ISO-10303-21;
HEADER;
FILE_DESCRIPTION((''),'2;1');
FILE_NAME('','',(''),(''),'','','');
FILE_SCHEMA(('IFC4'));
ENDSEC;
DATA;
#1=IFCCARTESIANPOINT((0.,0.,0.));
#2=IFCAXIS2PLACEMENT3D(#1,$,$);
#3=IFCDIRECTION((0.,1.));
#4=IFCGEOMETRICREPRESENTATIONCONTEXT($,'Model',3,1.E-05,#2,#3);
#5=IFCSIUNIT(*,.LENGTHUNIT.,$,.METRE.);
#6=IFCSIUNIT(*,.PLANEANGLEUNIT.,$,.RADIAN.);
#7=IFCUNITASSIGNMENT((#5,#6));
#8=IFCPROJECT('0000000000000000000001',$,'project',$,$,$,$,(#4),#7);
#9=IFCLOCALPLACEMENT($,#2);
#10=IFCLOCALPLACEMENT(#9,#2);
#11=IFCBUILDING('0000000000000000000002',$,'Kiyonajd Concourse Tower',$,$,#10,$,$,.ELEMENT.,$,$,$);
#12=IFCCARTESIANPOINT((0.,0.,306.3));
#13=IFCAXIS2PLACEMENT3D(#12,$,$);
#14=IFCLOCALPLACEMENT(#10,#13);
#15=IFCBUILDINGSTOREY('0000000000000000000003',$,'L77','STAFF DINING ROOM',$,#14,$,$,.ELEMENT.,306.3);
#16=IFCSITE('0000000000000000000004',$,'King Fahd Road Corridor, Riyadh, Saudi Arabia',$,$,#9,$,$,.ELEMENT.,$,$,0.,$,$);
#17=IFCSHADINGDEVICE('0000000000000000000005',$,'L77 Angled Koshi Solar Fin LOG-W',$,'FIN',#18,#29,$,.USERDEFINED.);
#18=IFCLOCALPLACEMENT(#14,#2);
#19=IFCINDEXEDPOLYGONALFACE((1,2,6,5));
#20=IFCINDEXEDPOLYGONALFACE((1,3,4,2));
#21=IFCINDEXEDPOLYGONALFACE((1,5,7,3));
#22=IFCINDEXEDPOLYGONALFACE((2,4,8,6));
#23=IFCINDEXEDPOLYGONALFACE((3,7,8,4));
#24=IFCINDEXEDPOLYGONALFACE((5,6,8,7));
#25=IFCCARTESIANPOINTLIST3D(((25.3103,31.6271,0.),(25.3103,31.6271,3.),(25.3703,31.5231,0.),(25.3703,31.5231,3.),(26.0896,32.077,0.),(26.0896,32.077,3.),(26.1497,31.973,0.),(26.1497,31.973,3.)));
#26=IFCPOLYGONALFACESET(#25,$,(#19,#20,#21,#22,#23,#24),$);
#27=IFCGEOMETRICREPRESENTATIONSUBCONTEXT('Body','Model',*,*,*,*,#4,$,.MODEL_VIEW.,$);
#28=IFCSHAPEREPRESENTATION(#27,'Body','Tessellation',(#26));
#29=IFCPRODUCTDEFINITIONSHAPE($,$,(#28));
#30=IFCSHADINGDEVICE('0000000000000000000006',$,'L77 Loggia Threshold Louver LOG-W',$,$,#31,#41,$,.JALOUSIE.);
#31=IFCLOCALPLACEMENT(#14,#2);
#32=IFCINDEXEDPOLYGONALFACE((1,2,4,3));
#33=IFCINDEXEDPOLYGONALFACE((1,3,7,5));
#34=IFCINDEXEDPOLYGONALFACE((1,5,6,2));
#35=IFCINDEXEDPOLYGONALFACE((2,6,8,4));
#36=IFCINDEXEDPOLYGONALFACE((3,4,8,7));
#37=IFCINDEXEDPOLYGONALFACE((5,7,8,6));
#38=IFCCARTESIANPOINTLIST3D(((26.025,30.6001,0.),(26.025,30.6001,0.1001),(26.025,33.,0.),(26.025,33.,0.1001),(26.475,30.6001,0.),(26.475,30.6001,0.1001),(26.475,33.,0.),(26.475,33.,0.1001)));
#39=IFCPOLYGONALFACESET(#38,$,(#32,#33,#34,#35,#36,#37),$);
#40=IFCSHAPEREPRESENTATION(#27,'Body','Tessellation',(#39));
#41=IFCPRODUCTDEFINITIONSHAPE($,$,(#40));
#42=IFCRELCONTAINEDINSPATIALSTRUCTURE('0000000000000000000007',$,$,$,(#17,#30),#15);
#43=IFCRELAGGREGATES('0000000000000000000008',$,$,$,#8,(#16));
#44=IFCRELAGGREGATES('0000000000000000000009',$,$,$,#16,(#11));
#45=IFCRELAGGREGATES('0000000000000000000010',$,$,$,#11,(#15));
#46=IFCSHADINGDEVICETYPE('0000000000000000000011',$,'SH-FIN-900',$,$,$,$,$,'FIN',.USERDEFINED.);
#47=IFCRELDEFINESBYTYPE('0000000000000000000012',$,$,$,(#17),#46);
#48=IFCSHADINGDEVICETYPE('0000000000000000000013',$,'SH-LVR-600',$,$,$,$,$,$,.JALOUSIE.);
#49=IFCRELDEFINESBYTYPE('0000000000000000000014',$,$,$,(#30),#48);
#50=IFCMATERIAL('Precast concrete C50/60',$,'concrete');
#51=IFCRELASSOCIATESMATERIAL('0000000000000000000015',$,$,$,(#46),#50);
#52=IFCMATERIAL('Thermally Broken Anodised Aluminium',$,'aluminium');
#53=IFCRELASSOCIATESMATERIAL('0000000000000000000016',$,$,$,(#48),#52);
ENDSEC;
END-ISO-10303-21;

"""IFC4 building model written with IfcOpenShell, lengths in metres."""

from ifc_helpers import new_model, si_unit, direction, frame, origin, origin_2d, place, context, subcontext, project, spatial, rectangle, extrude, material, type_object, element, save


model = new_model("IFC4")

# Units and contexts
model_context = context("Model", 3, precision=1e-05, world=origin(), true_north=direction((0.0, 1.0)))
body_context = subcontext(model_context, "Body", "Model", "MODEL_VIEW")
ifc_project = project(units=[si_unit("LENGTHUNIT", "METRE"), si_unit("PLANEANGLEUNIT", "RADIAN")], contexts=[model_context])

# Site, building, storey
site_placement = place(None, origin())
site = spatial("IfcSite", under=ifc_project, at=site_placement, Name="King Fahd Road Corridor, Riyadh, Saudi Arabia", CompositionType="ELEMENT", RefElevation=0.0)
building_placement = place(site_placement, origin())
building = spatial("IfcBuilding", under=site, at=building_placement, Name="Kiyonajd Concourse Tower", CompositionType="ELEMENT")
storey_placement = place(building_placement, frame((0.0, 0.0, 306.3)))
storey = spatial("IfcBuildingStorey", under=building, at=storey_placement, Name="L77", Description="STAFF DINING ROOM", CompositionType="ELEMENT", Elevation=306.3)

# Shared definitions
ifc_material_1 = material(Name="Thermally Broken Anodised Aluminium", Category="aluminium")

# Shared definitions
ifc_material_2 = material(Name="Precast concrete C50/60", Category="concrete")

# Shading devices
shading_device_type_1 = type_object("IfcShadingDeviceType", Name="SH-FIN-900", ElementType="FIN", PredefinedType="USERDEFINED", material=ifc_material_2)
shading_device_1_placement = place(storey_placement, frame((25.73, 31.8, 0.0), z_axis=(0.0, 0.0, 1.0), x_axis=(0.866025, 0.5, 0.0)))
element("IfcShadingDevice", 1, at=shading_device_1_placement, inside=storey, type_object=shading_device_type_1, Name="L77 Angled Koshi Solar Fin LOG-W", ObjectType="FIN", PredefinedType="USERDEFINED", context=body_context, shape_type="SweptSolid", body=[
    extrude(rectangle(XDim=0.8999, YDim=0.1201, at=origin_2d()), origin(), (0.0, 0.0, 1.0), 3.0),
])
shading_device_type_2 = type_object("IfcShadingDeviceType", Name="SH-LVR-600", PredefinedType="JALOUSIE", material=ifc_material_1)
shading_device_2_placement = place(storey_placement, frame((26.25, 31.8, 0.0), z_axis=(0.0, 0.0, 1.0), x_axis=(0.0, 1.0, 0.0)))
element("IfcShadingDevice", 2, at=shading_device_2_placement, inside=storey, type_object=shading_device_type_2, Name="L77 Loggia Threshold Louver LOG-W", PredefinedType="JALOUSIE", context=body_context, shape_type="SweptSolid", body=[
    extrude(rectangle(XDim=2.3999, YDim=0.45, at=origin_2d()), origin(), (0.0, 0.0, 1.0), 0.1001),
])

save(model, "model.ifc")
